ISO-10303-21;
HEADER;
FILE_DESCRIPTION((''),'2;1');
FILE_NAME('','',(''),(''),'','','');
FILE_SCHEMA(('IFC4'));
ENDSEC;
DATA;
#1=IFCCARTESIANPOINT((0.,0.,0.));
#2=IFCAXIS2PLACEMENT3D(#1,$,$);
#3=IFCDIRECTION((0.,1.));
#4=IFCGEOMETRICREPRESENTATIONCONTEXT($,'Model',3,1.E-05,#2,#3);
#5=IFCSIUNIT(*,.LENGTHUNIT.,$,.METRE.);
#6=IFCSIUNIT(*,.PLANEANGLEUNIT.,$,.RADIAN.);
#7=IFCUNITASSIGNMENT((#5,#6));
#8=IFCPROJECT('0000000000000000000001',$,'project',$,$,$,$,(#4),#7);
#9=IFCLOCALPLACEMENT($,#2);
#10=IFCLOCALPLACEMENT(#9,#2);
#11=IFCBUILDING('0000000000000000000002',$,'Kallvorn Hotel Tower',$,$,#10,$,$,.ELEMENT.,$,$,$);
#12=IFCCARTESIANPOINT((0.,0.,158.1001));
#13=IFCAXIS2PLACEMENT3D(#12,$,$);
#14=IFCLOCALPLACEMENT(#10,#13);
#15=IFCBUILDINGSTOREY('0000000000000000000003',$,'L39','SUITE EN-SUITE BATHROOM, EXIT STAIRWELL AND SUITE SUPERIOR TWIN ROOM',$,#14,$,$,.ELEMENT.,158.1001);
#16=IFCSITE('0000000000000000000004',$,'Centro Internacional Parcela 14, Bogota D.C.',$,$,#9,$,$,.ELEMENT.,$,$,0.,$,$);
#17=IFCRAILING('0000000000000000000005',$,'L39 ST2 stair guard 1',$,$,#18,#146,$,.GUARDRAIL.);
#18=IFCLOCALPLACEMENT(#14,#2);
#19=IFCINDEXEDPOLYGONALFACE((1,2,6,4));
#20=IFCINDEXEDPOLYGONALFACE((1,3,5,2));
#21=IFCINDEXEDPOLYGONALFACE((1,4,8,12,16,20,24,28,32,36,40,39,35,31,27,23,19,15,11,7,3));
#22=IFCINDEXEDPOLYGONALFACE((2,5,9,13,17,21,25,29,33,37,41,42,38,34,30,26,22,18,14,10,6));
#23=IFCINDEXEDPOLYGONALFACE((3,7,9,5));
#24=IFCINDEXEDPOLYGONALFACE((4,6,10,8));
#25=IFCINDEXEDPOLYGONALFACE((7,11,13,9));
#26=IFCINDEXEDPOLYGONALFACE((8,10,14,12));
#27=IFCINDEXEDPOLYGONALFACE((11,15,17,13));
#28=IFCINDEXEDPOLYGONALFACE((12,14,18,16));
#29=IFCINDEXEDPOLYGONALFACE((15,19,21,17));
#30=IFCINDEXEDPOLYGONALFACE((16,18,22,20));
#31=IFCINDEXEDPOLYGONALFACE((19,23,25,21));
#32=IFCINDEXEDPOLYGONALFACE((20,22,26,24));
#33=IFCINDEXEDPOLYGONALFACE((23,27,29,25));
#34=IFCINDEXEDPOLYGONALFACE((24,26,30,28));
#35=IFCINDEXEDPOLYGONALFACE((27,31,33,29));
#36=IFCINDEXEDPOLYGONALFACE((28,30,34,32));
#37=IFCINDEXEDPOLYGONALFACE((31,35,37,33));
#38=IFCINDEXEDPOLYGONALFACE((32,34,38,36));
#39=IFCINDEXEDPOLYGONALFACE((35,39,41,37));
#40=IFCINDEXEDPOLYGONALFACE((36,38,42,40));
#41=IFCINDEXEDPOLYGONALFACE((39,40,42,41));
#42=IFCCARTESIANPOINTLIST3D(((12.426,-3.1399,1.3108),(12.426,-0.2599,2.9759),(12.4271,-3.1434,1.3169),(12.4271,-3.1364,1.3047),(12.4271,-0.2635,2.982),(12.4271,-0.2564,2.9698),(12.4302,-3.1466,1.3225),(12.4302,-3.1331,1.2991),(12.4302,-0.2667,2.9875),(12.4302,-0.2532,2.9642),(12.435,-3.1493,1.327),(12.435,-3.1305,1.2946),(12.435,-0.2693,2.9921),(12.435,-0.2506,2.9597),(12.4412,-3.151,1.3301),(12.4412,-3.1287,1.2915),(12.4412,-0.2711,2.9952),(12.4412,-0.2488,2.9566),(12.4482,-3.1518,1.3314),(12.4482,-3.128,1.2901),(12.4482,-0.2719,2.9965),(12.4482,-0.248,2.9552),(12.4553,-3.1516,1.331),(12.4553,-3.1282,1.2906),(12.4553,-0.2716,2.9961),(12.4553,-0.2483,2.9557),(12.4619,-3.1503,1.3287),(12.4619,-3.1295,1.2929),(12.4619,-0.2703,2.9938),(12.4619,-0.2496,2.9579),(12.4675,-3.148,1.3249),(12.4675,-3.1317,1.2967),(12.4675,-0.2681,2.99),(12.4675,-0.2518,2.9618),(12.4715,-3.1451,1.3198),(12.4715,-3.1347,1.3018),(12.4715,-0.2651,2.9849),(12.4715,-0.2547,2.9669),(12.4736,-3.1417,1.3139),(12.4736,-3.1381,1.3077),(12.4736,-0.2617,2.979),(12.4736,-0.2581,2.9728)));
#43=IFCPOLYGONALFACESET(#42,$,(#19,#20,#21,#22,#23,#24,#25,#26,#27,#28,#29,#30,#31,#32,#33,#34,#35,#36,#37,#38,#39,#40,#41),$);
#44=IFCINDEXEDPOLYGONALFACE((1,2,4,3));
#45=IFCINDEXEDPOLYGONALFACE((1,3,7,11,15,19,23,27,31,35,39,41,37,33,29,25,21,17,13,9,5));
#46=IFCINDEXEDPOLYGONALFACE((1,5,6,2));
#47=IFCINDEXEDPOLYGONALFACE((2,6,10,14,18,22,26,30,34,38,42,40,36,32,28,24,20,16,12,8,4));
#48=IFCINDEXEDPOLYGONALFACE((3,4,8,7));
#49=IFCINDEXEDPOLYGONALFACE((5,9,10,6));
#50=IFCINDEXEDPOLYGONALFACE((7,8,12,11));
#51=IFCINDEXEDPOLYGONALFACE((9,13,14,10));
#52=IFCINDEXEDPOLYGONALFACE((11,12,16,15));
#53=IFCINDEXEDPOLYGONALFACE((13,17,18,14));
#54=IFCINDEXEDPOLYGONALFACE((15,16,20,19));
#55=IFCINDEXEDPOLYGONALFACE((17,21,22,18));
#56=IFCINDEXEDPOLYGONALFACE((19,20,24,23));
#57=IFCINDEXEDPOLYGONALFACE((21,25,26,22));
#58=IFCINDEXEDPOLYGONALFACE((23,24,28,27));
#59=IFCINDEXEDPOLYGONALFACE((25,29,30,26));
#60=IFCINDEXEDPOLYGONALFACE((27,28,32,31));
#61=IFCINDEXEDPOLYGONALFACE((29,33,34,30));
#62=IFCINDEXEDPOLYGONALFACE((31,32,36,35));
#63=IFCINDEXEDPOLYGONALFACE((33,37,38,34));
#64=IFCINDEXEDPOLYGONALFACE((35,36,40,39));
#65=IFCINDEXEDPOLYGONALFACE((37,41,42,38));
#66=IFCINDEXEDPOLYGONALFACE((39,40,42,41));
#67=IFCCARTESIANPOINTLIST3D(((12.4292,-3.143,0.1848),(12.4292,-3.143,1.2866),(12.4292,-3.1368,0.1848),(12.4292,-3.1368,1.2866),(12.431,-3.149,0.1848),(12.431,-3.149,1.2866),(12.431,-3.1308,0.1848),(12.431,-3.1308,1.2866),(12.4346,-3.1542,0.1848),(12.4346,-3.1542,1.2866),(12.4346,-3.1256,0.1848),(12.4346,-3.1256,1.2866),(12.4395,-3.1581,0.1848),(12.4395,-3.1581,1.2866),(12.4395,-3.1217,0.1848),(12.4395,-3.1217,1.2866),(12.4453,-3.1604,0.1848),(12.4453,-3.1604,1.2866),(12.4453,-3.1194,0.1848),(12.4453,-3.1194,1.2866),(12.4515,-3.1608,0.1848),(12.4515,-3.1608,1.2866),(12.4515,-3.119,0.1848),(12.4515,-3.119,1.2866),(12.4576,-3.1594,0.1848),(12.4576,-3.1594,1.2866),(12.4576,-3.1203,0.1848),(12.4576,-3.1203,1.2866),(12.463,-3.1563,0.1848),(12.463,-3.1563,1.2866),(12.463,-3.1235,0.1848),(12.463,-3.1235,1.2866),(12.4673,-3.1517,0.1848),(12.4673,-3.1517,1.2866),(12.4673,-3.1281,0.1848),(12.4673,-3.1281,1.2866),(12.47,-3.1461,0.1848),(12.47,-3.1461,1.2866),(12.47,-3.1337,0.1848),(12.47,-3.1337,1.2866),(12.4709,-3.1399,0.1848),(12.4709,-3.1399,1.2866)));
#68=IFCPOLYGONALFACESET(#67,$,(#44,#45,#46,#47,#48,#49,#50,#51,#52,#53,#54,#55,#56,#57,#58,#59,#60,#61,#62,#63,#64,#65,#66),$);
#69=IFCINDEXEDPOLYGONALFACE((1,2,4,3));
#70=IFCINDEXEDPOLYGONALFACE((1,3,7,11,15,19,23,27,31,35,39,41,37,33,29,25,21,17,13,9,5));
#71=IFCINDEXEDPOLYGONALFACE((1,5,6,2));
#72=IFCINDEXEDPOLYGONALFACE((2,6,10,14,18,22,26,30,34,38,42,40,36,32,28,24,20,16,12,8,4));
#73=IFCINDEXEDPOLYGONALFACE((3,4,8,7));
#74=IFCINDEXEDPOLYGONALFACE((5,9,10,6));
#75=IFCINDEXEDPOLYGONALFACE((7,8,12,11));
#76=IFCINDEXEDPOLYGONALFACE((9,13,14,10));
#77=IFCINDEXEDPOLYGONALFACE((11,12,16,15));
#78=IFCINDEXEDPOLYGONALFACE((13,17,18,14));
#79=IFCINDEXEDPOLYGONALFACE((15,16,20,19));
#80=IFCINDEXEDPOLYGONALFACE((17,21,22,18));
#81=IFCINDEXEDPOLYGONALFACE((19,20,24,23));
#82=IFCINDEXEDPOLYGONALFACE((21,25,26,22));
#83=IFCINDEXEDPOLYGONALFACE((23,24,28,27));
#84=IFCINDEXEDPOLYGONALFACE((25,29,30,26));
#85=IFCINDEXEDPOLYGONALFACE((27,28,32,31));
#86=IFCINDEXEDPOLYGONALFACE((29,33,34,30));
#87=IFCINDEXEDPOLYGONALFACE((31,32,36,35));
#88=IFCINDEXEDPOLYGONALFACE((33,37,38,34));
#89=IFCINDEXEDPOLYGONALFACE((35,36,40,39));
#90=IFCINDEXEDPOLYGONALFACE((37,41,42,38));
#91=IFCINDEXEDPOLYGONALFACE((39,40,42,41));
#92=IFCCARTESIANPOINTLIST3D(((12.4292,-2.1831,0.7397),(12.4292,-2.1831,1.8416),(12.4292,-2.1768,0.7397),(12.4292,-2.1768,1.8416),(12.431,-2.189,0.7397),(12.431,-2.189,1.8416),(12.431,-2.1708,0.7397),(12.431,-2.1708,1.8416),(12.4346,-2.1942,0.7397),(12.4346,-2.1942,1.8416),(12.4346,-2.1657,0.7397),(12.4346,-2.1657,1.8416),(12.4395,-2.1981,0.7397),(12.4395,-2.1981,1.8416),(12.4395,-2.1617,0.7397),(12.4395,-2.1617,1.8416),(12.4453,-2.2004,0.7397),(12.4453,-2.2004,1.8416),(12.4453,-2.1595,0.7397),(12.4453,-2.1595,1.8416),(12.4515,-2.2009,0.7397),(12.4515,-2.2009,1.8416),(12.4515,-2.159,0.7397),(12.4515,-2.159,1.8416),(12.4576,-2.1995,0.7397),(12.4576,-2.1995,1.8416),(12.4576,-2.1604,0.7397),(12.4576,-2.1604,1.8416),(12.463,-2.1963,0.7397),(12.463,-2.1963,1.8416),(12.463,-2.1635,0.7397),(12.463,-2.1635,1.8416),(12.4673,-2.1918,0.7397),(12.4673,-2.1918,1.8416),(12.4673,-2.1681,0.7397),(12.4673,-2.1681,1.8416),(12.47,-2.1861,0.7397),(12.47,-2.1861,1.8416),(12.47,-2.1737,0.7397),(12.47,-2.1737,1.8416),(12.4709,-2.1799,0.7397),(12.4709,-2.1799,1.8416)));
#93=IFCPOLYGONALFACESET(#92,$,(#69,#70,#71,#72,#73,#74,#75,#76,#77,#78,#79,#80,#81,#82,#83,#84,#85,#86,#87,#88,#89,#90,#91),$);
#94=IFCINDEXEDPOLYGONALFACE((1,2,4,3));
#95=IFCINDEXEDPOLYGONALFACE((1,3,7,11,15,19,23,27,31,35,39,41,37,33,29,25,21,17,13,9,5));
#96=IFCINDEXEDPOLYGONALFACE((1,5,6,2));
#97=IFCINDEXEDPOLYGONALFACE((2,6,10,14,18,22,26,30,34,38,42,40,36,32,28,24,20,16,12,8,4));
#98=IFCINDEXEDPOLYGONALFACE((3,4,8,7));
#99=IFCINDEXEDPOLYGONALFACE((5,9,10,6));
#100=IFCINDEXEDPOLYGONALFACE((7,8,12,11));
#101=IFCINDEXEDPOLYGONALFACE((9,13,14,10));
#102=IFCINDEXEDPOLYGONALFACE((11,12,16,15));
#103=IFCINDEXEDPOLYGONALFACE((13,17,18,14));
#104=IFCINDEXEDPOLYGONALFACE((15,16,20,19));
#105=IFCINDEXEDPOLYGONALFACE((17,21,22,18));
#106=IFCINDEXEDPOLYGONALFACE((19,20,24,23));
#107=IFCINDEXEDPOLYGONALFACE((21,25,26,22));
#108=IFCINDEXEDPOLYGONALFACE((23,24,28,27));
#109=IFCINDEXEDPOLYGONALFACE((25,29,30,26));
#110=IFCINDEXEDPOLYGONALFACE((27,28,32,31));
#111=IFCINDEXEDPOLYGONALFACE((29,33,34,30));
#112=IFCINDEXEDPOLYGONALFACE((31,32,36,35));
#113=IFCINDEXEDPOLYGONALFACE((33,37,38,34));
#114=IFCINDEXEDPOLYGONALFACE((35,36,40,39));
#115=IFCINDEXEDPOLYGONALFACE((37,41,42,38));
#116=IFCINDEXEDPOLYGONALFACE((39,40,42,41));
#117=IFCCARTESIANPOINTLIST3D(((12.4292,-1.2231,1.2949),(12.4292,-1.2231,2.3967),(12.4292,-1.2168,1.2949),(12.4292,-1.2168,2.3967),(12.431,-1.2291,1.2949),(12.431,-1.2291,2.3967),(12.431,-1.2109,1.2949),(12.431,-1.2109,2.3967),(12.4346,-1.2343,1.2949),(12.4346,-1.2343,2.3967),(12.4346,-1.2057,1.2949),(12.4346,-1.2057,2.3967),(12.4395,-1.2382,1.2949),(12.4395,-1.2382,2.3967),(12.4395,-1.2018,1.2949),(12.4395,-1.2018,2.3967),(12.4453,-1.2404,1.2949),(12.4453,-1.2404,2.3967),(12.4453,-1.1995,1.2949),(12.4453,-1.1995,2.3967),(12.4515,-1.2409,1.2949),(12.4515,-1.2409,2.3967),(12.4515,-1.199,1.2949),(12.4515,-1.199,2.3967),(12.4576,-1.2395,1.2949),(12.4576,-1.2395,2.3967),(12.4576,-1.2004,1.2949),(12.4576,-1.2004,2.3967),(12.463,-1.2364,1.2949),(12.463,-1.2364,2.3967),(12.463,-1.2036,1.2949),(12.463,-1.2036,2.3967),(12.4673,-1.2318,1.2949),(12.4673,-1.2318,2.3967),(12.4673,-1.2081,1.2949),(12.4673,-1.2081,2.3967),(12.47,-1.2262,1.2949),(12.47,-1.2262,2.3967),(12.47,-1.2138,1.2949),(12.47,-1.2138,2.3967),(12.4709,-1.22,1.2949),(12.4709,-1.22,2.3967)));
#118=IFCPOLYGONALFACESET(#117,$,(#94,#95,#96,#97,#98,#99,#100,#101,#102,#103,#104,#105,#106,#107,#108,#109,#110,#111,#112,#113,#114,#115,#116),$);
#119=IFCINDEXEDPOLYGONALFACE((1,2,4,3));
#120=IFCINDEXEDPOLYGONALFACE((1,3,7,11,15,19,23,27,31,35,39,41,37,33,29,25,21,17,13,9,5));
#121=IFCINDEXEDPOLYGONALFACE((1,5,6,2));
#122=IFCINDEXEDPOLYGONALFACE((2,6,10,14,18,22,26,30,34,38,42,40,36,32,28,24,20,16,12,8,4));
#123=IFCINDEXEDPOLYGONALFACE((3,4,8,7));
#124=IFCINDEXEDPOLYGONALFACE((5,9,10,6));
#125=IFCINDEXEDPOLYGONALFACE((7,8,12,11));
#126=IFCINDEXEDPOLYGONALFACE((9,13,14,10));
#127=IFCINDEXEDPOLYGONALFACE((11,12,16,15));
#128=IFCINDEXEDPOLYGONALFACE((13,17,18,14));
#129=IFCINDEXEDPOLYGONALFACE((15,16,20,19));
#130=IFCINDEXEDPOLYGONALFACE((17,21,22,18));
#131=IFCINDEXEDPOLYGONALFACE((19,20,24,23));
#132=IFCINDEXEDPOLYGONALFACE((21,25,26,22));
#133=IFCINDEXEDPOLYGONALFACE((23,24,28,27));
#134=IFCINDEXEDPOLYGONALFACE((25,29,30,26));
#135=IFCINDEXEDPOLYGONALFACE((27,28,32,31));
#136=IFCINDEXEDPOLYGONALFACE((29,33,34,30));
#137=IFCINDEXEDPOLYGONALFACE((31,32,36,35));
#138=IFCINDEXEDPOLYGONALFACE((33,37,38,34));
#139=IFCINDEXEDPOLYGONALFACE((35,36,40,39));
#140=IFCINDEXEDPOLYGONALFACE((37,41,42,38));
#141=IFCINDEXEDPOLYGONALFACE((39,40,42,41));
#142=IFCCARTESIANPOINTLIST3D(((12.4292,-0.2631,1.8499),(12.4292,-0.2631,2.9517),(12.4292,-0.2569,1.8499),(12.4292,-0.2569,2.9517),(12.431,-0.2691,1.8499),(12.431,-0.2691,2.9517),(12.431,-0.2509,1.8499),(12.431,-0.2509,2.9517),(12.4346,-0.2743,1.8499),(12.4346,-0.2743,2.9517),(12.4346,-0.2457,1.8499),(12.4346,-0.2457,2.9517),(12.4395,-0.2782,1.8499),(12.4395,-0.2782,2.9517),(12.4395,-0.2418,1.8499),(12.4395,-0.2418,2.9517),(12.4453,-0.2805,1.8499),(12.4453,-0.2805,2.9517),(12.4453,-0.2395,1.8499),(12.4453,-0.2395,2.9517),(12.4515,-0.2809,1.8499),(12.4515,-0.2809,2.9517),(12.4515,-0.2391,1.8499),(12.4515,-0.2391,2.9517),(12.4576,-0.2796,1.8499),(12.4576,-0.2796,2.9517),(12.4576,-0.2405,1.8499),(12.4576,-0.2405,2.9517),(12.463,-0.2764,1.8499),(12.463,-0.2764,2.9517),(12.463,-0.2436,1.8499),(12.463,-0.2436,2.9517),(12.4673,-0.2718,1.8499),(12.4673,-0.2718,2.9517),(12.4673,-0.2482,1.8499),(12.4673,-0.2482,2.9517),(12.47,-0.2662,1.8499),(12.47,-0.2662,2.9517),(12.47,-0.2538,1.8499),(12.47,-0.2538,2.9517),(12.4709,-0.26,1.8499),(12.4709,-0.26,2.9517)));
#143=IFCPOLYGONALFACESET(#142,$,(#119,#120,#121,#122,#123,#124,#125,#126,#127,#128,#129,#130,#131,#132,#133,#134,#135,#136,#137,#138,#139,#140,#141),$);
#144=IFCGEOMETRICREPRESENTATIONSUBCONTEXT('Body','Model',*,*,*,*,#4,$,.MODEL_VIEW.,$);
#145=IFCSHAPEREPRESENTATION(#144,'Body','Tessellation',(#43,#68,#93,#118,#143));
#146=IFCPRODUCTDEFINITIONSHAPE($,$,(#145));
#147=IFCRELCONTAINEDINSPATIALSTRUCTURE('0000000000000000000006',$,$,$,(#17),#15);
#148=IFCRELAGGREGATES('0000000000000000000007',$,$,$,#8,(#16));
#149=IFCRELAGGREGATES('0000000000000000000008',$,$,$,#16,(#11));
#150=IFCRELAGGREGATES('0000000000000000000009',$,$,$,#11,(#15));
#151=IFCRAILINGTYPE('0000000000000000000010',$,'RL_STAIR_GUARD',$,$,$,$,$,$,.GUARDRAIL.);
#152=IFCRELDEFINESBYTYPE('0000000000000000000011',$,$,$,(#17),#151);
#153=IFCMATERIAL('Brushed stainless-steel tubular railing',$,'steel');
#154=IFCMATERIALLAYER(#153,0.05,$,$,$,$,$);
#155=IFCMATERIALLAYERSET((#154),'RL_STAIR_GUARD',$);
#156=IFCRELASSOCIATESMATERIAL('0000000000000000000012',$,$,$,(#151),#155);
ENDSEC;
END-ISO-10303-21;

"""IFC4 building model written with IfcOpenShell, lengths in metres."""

from ifc_helpers import new_model, si_unit, direction, frame, origin, origin_2d, place, context, subcontext, project, spatial, circle, extrude, material, layer, layer_set, type_object, element, save


model = new_model("IFC4")

# Units and contexts
model_context = context("Model", 3, precision=1e-05, world=origin(), true_north=direction((0.0, 1.0)))
body_context = subcontext(model_context, "Body", "Model", "MODEL_VIEW")
ifc_project = project(units=[si_unit("LENGTHUNIT", "METRE"), si_unit("PLANEANGLEUNIT", "RADIAN")], contexts=[model_context])

# Site, building, storey
site_placement = place(None, origin())
site = spatial("IfcSite", under=ifc_project, at=site_placement, Name="Centro Internacional Parcela 14, Bogota D.C.", CompositionType="ELEMENT", RefElevation=0.0)
building_placement = place(site_placement, origin())
building = spatial("IfcBuilding", under=site, at=building_placement, Name="Kallvorn Hotel Tower", CompositionType="ELEMENT")
storey_placement = place(building_placement, frame((0.0, 0.0, 158.1001)))
storey = spatial("IfcBuildingStorey", under=building, at=storey_placement, Name="L39", Description="SUITE EN-SUITE BATHROOM, EXIT STAIRWELL AND SUITE SUPERIOR TWIN ROOM", CompositionType="ELEMENT", Elevation=158.1001)

# Railing
ifc_material_1 = material(Name="Brushed stainless-steel tubular railing", Category="steel")
ifc_layer_1 = layer(ifc_material_1, 0.05)
ifc_layer_set_1 = layer_set([ifc_layer_1], Name="RL_STAIR_GUARD")
railing_type = type_object("IfcRailingType", Name="RL_STAIR_GUARD", PredefinedType="GUARDRAIL", material=ifc_layer_set_1)
railing_1_placement = place(storey_placement, frame((12.45, -3.1399, 0.1848)))
element("IfcRailing", 1, at=railing_1_placement, inside=storey, type_object=railing_type, Name="L39 ST2 stair guard 1", PredefinedType="GUARDRAIL", context=body_context, shape_type="SweptSolid", body=[
    extrude(circle(Radius=0.0239, at=origin_2d()), frame((0.0, 0.0, 1.126), z_axis=(0.0, 0.865721, 0.500527), x_axis=(-1.0, 0.0, 0.0)), (0.0, 0.0, 1.0), 3.3267),
    extrude(circle(Radius=0.021, at=origin_2d()), origin(), (0.0, 0.0, 1.0), 1.1018),
    extrude(circle(Radius=0.021, at=origin_2d()), frame((0.0, 0.96, 0.5549)), (0.0, 0.0, 1.0), 1.1018),
    extrude(circle(Radius=0.021, at=origin_2d()), frame((0.0, 1.9199, 1.1101)), (0.0, 0.0, 1.0), 1.1018),
    extrude(circle(Radius=0.021, at=origin_2d()), frame((0.0, 2.8799, 1.665)), (0.0, 0.0, 1.0), 1.1018),
])

save(model, "model.ifc")
